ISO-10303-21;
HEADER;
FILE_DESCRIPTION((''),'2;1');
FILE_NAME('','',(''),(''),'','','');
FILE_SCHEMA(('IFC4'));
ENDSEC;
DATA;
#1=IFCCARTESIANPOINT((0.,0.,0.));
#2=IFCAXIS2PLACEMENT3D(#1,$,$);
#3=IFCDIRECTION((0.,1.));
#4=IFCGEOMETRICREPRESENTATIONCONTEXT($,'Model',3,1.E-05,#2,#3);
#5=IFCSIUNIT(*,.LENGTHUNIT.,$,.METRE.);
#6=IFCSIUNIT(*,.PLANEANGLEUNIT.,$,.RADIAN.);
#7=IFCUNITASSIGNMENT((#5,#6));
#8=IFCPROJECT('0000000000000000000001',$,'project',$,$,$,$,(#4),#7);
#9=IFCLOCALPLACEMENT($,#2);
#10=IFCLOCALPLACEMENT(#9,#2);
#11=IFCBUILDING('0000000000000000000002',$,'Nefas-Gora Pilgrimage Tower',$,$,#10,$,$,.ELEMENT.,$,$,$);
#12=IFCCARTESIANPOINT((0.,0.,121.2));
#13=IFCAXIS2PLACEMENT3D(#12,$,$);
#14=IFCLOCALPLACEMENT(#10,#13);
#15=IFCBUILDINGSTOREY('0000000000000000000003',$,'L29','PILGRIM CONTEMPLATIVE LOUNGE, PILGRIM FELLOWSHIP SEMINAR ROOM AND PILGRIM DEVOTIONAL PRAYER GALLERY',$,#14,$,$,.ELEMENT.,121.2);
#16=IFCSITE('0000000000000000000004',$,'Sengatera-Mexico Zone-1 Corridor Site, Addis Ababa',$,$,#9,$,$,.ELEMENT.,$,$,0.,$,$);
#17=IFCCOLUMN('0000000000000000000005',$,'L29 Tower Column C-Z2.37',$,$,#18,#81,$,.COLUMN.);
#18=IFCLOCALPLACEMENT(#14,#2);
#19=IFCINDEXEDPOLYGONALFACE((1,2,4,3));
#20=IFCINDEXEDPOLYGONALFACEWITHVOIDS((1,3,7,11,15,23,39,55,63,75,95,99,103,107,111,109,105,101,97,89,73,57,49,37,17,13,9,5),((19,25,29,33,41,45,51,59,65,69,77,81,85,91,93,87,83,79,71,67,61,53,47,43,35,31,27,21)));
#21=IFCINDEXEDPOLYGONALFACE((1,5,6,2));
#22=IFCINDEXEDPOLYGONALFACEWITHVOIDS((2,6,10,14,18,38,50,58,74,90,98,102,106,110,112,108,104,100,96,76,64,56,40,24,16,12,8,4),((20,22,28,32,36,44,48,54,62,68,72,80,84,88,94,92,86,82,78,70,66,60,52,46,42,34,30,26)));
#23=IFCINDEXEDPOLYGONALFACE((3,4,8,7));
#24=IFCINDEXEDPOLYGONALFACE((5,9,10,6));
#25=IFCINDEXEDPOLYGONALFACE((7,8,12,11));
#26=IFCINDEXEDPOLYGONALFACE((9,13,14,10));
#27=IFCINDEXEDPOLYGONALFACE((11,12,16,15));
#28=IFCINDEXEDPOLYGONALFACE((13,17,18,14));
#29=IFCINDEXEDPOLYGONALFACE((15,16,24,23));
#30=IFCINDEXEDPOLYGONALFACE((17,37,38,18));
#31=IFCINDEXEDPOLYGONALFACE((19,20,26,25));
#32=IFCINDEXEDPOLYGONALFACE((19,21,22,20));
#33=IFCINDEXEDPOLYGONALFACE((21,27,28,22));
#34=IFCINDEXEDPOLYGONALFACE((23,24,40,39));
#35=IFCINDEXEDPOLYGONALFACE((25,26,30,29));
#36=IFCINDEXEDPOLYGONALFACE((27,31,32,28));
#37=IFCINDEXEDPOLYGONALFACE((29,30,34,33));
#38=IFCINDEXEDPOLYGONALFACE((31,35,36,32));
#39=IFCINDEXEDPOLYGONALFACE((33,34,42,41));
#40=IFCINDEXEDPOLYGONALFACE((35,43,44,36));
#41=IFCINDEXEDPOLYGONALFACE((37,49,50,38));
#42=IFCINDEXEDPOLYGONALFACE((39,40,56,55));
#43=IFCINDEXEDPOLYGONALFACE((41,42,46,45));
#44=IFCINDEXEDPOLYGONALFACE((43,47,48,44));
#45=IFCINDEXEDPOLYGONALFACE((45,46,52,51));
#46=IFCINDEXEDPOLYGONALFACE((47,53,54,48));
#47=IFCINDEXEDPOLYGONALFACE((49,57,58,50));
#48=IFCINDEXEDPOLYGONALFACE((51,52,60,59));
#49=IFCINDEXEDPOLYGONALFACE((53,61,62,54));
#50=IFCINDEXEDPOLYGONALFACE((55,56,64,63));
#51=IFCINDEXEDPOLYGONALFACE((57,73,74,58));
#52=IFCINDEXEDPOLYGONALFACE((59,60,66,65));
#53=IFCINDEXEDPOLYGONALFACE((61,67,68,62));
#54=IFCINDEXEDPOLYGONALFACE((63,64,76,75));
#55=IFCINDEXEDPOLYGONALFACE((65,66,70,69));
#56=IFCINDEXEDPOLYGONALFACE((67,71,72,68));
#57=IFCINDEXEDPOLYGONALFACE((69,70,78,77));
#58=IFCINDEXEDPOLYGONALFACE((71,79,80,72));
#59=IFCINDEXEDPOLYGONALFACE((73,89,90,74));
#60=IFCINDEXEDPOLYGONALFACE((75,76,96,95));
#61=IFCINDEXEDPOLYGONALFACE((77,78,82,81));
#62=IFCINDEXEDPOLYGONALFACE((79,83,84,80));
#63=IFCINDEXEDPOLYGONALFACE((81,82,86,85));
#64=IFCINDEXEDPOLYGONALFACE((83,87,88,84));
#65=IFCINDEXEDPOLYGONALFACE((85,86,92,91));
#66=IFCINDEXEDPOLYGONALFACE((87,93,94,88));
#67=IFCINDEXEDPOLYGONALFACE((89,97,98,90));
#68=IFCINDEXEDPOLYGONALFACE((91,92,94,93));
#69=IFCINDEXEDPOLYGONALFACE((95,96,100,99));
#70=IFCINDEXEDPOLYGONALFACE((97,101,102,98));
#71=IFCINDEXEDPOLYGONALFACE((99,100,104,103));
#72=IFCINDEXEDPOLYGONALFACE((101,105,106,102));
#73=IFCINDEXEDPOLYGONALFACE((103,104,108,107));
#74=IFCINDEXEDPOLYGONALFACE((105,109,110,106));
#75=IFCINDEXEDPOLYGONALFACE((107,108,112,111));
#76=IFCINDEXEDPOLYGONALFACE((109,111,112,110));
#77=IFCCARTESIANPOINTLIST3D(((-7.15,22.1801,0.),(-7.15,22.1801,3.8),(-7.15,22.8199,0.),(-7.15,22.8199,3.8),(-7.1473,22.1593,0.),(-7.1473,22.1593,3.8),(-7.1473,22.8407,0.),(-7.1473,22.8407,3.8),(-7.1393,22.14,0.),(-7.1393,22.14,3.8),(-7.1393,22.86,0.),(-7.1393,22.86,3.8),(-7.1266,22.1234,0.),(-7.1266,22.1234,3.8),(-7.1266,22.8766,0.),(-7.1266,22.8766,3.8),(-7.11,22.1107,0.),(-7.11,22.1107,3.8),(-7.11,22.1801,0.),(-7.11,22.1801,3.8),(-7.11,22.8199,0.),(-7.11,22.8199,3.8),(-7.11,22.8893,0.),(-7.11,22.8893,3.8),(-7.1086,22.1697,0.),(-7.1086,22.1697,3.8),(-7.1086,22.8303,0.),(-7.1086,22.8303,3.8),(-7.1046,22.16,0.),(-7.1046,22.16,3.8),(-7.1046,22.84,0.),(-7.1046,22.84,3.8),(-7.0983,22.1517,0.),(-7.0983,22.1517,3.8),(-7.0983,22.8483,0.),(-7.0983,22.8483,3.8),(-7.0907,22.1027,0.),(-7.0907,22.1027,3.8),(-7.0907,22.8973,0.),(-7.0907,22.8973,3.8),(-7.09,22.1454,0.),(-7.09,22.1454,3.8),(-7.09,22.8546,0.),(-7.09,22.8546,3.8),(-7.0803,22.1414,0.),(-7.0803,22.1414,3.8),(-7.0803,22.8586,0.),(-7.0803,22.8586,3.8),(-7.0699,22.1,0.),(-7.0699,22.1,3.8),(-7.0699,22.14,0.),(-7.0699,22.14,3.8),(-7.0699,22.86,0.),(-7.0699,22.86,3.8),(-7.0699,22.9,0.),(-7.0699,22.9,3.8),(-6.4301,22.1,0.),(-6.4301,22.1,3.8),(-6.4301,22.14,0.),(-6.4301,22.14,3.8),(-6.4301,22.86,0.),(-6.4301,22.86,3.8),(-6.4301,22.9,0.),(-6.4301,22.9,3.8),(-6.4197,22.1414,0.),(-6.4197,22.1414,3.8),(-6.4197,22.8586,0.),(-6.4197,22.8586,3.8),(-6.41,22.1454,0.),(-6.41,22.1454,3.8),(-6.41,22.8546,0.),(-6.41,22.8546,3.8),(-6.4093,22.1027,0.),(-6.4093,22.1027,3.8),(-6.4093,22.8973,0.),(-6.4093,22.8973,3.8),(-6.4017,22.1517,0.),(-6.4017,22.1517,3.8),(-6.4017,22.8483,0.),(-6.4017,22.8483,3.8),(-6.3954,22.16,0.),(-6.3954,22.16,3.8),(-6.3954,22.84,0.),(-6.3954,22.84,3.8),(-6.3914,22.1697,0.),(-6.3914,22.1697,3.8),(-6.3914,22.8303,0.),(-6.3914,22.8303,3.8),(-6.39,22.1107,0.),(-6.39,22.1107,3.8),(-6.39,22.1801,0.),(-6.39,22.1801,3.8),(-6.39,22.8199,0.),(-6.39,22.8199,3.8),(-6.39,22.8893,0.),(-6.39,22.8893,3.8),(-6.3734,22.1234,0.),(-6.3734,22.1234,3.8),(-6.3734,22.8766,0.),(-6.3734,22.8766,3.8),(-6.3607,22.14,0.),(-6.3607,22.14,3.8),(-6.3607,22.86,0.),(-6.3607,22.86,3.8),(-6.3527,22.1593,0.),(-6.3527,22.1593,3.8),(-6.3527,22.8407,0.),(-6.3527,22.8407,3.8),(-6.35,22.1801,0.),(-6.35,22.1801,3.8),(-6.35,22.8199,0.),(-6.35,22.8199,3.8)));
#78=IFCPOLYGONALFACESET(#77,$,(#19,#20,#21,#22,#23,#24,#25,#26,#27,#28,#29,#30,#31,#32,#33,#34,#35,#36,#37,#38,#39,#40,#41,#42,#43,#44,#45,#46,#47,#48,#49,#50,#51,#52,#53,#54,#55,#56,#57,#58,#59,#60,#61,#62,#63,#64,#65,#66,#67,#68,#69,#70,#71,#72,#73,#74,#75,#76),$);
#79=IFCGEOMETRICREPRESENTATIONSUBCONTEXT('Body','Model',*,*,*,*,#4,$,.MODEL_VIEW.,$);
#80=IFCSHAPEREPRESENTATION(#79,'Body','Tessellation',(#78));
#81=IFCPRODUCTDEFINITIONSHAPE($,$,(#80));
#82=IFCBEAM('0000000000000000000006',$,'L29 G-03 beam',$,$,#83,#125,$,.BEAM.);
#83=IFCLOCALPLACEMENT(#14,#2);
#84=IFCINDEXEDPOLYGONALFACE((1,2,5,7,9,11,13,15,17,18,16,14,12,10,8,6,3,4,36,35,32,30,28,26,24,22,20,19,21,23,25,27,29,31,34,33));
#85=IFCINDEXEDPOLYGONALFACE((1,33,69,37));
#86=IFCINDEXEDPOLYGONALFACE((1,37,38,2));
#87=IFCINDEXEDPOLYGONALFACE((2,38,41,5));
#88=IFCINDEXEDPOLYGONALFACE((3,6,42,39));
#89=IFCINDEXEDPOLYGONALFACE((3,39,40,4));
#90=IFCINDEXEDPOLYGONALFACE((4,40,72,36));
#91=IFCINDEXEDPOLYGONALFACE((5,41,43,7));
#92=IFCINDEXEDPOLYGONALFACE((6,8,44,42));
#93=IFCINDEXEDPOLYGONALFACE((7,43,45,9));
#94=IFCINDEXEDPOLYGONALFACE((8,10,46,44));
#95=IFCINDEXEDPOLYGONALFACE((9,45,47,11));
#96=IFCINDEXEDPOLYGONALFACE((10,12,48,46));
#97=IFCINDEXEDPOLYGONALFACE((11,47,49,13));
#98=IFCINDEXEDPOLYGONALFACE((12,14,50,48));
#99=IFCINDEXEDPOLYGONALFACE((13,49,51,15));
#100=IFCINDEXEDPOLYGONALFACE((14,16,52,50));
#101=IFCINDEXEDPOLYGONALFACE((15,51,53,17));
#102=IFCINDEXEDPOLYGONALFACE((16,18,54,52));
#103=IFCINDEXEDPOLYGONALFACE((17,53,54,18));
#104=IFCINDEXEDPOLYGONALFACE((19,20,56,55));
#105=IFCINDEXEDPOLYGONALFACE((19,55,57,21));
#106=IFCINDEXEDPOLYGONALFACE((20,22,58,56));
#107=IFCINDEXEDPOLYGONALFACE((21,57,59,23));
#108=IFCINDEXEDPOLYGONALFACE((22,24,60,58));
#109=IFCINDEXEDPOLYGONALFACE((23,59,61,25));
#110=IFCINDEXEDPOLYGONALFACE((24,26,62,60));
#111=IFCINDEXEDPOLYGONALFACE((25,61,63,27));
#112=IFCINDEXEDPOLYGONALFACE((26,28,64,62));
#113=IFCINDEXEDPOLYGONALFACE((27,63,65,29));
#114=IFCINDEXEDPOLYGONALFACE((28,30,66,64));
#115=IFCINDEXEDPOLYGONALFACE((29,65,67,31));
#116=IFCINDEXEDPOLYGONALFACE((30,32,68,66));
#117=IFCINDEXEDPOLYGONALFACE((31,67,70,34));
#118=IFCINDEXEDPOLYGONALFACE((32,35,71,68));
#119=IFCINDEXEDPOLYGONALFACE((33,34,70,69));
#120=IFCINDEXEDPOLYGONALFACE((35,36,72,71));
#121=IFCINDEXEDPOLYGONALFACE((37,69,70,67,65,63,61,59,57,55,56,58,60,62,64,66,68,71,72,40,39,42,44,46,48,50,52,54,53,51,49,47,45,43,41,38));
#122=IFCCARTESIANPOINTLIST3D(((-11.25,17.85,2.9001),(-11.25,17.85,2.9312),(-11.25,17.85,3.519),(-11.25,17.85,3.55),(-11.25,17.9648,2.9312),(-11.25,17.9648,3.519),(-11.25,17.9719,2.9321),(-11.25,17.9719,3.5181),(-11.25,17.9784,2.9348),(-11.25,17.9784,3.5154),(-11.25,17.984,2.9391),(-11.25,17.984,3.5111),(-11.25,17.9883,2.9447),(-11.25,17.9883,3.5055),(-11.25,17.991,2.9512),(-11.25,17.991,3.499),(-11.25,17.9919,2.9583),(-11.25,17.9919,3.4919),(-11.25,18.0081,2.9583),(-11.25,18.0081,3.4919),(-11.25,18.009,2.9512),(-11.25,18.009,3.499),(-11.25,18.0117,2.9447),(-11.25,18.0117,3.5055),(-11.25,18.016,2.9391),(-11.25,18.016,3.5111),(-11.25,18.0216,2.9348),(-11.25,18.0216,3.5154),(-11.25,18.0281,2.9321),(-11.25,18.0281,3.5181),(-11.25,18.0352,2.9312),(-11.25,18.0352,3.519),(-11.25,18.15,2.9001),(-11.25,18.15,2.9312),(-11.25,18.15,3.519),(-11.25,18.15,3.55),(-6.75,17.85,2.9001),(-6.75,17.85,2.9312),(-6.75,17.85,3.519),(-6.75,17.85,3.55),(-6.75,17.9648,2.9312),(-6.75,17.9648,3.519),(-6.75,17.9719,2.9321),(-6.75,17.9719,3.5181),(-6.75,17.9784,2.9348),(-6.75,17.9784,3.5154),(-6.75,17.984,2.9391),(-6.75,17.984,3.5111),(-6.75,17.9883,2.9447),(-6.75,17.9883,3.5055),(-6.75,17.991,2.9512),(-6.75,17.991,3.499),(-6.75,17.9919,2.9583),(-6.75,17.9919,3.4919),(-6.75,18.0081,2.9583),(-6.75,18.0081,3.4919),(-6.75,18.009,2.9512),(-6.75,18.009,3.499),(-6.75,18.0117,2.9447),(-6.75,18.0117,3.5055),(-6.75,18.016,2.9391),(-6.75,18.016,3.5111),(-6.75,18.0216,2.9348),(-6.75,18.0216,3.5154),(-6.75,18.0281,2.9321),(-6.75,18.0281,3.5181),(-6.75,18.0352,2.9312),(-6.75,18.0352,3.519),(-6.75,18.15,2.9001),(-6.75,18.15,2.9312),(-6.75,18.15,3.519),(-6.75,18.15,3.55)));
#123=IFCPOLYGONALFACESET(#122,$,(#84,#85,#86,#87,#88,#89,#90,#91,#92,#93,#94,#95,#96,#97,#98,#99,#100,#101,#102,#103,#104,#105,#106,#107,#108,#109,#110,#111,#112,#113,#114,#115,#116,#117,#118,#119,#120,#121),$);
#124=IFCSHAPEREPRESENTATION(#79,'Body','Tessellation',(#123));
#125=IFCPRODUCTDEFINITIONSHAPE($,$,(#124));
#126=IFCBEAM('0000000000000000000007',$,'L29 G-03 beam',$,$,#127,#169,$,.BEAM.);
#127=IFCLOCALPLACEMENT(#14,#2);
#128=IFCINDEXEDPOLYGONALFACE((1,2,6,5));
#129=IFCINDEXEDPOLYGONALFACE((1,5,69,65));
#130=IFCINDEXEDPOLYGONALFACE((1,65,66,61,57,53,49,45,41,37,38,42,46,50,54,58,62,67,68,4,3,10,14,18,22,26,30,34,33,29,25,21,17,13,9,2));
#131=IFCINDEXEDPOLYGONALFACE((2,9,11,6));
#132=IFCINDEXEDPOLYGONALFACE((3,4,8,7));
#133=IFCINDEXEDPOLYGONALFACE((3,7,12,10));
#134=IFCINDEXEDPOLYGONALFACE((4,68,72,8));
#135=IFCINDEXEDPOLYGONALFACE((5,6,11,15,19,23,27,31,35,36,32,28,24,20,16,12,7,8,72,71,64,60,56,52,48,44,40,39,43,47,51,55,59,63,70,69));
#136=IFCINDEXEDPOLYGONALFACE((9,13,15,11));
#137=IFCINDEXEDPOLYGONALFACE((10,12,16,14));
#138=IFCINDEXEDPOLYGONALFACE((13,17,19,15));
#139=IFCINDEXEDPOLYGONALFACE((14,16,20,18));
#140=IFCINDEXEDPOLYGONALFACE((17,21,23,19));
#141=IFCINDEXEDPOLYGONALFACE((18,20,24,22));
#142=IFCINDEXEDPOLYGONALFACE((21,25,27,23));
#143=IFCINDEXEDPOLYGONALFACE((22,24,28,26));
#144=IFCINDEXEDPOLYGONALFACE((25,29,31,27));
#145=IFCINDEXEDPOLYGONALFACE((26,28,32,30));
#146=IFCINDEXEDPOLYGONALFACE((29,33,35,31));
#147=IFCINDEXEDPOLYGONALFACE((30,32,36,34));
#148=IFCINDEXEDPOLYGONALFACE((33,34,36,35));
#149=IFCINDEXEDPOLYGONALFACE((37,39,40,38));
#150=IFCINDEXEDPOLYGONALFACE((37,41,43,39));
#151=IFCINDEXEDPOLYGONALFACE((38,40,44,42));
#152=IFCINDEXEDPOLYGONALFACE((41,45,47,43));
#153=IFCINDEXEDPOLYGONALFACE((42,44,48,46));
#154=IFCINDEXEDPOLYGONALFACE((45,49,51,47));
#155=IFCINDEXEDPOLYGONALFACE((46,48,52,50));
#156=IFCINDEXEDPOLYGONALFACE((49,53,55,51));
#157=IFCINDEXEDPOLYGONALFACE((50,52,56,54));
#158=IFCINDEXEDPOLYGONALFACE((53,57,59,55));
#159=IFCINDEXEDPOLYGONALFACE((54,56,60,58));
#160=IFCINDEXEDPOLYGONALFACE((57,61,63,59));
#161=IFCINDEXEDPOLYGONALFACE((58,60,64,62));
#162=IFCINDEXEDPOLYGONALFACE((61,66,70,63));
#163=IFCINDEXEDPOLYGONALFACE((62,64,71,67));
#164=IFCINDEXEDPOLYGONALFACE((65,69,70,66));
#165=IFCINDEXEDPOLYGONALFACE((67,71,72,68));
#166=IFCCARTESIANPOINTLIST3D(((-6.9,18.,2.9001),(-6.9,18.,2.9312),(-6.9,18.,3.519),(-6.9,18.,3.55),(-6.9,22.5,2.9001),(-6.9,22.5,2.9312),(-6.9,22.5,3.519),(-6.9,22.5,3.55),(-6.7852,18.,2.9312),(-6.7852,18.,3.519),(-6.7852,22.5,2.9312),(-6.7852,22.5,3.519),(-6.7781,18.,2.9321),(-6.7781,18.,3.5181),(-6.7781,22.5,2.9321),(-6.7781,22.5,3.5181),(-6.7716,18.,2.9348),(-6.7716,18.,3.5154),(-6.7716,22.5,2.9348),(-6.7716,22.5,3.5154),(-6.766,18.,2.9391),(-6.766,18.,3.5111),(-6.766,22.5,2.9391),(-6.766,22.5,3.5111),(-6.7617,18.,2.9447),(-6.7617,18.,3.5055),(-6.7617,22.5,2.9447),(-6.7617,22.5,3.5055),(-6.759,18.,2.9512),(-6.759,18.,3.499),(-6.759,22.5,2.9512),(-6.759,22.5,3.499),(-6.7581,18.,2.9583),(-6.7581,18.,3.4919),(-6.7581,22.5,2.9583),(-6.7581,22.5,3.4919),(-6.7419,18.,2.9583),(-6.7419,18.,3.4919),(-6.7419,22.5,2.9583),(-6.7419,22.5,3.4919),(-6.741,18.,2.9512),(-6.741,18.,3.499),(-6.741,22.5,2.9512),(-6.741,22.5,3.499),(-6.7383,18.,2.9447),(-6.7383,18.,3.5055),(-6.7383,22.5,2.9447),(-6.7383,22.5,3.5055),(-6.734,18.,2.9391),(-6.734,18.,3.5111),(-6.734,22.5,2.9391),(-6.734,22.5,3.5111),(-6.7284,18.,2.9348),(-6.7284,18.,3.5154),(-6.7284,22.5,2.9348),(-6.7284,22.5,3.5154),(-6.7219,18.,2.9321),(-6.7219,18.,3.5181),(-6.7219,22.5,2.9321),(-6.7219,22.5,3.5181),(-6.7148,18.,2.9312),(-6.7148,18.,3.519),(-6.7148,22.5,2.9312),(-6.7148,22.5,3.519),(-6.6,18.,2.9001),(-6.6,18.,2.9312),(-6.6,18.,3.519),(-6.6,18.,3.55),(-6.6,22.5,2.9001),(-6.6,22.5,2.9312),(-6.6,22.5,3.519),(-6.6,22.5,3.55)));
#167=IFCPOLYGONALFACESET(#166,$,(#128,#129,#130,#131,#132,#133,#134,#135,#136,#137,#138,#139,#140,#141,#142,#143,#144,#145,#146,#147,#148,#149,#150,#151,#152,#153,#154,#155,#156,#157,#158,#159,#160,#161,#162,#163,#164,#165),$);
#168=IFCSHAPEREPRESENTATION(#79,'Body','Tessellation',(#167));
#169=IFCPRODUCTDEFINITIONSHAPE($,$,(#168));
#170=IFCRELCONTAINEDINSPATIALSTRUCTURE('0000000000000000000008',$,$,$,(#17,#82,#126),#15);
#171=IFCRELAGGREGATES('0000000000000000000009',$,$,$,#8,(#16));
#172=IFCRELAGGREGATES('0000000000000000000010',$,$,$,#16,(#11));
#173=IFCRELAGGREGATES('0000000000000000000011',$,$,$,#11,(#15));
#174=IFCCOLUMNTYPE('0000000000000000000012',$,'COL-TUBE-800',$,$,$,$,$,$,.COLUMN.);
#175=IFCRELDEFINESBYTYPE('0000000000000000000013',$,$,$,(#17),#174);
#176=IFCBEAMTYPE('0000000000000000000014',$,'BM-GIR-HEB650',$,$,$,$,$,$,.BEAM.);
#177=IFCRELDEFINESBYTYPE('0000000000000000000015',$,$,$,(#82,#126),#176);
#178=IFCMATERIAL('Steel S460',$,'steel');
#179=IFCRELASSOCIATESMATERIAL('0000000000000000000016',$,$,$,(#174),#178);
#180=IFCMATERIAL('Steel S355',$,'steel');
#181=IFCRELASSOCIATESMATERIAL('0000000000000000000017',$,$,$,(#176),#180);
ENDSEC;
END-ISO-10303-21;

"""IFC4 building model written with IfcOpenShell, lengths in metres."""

from ifc_helpers import new_model, si_unit, direction, frame, origin, origin_2d, place, context, subcontext, project, spatial, hollow_rectangle, i_section, extrude, source, transform, mapped, material, material_profile, profile_set, type_object, element, save


model = new_model("IFC4")

# Units and contexts
model_context = context("Model", 3, precision=1e-05, world=origin(), true_north=direction((0.0, 1.0)))
body_context = subcontext(model_context, "Body", "Model", "MODEL_VIEW")
ifc_project = project(units=[si_unit("LENGTHUNIT", "METRE"), si_unit("PLANEANGLEUNIT", "RADIAN")], contexts=[model_context])

# Site, building, storey
site_placement = place(None, origin())
site = spatial("IfcSite", under=ifc_project, at=site_placement, Name="Sengatera-Mexico Zone-1 Corridor Site, Addis Ababa", CompositionType="ELEMENT", RefElevation=0.0)
building_placement = place(site_placement, origin())
building = spatial("IfcBuilding", under=site, at=building_placement, Name="Nefas-Gora Pilgrimage Tower", CompositionType="ELEMENT")
storey_placement = place(building_placement, frame((0.0, 0.0, 121.2)))
storey = spatial("IfcBuildingStorey", under=building, at=storey_placement, Name="L29", Description="PILGRIM CONTEMPLATIVE LOUNGE, PILGRIM FELLOWSHIP SEMINAR ROOM AND PILGRIM DEVOTIONAL PRAYER GALLERY", CompositionType="ELEMENT", Elevation=121.2)

# Column
ifc_material_1 = material(Name="Steel S460", Category="steel")
ifc_material_profile_1 = material_profile(ifc_material_1, hollow_rectangle(XDim=0.8, YDim=0.8, WallThickness=0.04, InnerFilletRadius=0.04, OuterFilletRadius=0.0801, at=origin_2d()), Name="BOX 800x800x40")
ifc_profile_set_1 = profile_set([ifc_material_profile_1], Name="Steel S460")
column_type_1 = type_object("IfcColumnType", Name="COL-TUBE-800", PredefinedType="COLUMN", material=ifc_profile_set_1)
shared_shape_1 = source(origin(), body_context, "Body", "SweptSolid", [
    extrude(hollow_rectangle(XDim=0.8, YDim=0.8, WallThickness=0.04, InnerFilletRadius=0.04, OuterFilletRadius=0.0801, at=origin_2d()), origin(), (0.0, 0.0, 1.0), 3.8),
])
column_placement = place(storey_placement, frame((-6.75, 22.5, 0.0), z_axis=(0.0, 0.0, 1.0), x_axis=(1.0, 0.0, 0.0)))
element("IfcColumn", 1, at=column_placement, inside=storey, type_object=column_type_1, Name="L29 Tower Column C-Z2.37", PredefinedType="COLUMN", context=body_context, shape_type="MappedRepresentation", body=[
    mapped(shared_shape_1, transform((0.0, 0.0, 0.0), x_axis=(1.0, 0.0, 0.0), y_axis=(0.0, 1.0, 0.0), z_axis=(0.0, 0.0, 1.0), scale=1.0)),
])

# Beams
ifc_material_2 = material(Name="Steel S355", Category="steel")
ifc_material_profile_2 = material_profile(ifc_material_2, i_section(OverallWidth=0.3, OverallDepth=0.6499, WebThickness=0.0161, FlangeThickness=0.031, FilletRadius=0.0271, at=origin_2d()), Name="HEB 650")
ifc_profile_set_2 = profile_set([ifc_material_profile_2], Name="Steel S355")
beam_type = type_object("IfcBeamType", Name="BM-GIR-HEB650", PredefinedType="BEAM", material=ifc_profile_set_2)
shared_shape_2 = source(origin(), body_context, "Body", "SweptSolid", [
    extrude(i_section(OverallWidth=0.3, OverallDepth=0.6499, WebThickness=0.0161, FlangeThickness=0.031, FilletRadius=0.0271, at=origin_2d()), origin(), (0.0, 0.0, 1.0), 4.5),
])
for number, where, z_axis, x_axis, name in (
    (2, (-11.25, 18.0, 3.2251), (1.0, 0.0, 0.0), (0.0, 1.0, 0.0), "L29 G-03 beam"),
    (3, (-6.75, 18.0, 3.2251), (0.0, 1.0, 0.0), (-1.0, 0.0, 0.0), "L29 G-03 beam"),
):
    element("IfcBeam", number, at=place(storey_placement, frame(where, z_axis=z_axis, x_axis=x_axis)), inside=storey, type_object=beam_type, Name=name, PredefinedType="BEAM", context=body_context, shape_type="MappedRepresentation", body=[
        mapped(shared_shape_2, transform((0.0, 0.0, 0.0), x_axis=(1.0, 0.0, 0.0), y_axis=(0.0, 1.0, 0.0), z_axis=(0.0, 0.0, 1.0), scale=1.0)),
    ])

save(model, "model.ifc")
